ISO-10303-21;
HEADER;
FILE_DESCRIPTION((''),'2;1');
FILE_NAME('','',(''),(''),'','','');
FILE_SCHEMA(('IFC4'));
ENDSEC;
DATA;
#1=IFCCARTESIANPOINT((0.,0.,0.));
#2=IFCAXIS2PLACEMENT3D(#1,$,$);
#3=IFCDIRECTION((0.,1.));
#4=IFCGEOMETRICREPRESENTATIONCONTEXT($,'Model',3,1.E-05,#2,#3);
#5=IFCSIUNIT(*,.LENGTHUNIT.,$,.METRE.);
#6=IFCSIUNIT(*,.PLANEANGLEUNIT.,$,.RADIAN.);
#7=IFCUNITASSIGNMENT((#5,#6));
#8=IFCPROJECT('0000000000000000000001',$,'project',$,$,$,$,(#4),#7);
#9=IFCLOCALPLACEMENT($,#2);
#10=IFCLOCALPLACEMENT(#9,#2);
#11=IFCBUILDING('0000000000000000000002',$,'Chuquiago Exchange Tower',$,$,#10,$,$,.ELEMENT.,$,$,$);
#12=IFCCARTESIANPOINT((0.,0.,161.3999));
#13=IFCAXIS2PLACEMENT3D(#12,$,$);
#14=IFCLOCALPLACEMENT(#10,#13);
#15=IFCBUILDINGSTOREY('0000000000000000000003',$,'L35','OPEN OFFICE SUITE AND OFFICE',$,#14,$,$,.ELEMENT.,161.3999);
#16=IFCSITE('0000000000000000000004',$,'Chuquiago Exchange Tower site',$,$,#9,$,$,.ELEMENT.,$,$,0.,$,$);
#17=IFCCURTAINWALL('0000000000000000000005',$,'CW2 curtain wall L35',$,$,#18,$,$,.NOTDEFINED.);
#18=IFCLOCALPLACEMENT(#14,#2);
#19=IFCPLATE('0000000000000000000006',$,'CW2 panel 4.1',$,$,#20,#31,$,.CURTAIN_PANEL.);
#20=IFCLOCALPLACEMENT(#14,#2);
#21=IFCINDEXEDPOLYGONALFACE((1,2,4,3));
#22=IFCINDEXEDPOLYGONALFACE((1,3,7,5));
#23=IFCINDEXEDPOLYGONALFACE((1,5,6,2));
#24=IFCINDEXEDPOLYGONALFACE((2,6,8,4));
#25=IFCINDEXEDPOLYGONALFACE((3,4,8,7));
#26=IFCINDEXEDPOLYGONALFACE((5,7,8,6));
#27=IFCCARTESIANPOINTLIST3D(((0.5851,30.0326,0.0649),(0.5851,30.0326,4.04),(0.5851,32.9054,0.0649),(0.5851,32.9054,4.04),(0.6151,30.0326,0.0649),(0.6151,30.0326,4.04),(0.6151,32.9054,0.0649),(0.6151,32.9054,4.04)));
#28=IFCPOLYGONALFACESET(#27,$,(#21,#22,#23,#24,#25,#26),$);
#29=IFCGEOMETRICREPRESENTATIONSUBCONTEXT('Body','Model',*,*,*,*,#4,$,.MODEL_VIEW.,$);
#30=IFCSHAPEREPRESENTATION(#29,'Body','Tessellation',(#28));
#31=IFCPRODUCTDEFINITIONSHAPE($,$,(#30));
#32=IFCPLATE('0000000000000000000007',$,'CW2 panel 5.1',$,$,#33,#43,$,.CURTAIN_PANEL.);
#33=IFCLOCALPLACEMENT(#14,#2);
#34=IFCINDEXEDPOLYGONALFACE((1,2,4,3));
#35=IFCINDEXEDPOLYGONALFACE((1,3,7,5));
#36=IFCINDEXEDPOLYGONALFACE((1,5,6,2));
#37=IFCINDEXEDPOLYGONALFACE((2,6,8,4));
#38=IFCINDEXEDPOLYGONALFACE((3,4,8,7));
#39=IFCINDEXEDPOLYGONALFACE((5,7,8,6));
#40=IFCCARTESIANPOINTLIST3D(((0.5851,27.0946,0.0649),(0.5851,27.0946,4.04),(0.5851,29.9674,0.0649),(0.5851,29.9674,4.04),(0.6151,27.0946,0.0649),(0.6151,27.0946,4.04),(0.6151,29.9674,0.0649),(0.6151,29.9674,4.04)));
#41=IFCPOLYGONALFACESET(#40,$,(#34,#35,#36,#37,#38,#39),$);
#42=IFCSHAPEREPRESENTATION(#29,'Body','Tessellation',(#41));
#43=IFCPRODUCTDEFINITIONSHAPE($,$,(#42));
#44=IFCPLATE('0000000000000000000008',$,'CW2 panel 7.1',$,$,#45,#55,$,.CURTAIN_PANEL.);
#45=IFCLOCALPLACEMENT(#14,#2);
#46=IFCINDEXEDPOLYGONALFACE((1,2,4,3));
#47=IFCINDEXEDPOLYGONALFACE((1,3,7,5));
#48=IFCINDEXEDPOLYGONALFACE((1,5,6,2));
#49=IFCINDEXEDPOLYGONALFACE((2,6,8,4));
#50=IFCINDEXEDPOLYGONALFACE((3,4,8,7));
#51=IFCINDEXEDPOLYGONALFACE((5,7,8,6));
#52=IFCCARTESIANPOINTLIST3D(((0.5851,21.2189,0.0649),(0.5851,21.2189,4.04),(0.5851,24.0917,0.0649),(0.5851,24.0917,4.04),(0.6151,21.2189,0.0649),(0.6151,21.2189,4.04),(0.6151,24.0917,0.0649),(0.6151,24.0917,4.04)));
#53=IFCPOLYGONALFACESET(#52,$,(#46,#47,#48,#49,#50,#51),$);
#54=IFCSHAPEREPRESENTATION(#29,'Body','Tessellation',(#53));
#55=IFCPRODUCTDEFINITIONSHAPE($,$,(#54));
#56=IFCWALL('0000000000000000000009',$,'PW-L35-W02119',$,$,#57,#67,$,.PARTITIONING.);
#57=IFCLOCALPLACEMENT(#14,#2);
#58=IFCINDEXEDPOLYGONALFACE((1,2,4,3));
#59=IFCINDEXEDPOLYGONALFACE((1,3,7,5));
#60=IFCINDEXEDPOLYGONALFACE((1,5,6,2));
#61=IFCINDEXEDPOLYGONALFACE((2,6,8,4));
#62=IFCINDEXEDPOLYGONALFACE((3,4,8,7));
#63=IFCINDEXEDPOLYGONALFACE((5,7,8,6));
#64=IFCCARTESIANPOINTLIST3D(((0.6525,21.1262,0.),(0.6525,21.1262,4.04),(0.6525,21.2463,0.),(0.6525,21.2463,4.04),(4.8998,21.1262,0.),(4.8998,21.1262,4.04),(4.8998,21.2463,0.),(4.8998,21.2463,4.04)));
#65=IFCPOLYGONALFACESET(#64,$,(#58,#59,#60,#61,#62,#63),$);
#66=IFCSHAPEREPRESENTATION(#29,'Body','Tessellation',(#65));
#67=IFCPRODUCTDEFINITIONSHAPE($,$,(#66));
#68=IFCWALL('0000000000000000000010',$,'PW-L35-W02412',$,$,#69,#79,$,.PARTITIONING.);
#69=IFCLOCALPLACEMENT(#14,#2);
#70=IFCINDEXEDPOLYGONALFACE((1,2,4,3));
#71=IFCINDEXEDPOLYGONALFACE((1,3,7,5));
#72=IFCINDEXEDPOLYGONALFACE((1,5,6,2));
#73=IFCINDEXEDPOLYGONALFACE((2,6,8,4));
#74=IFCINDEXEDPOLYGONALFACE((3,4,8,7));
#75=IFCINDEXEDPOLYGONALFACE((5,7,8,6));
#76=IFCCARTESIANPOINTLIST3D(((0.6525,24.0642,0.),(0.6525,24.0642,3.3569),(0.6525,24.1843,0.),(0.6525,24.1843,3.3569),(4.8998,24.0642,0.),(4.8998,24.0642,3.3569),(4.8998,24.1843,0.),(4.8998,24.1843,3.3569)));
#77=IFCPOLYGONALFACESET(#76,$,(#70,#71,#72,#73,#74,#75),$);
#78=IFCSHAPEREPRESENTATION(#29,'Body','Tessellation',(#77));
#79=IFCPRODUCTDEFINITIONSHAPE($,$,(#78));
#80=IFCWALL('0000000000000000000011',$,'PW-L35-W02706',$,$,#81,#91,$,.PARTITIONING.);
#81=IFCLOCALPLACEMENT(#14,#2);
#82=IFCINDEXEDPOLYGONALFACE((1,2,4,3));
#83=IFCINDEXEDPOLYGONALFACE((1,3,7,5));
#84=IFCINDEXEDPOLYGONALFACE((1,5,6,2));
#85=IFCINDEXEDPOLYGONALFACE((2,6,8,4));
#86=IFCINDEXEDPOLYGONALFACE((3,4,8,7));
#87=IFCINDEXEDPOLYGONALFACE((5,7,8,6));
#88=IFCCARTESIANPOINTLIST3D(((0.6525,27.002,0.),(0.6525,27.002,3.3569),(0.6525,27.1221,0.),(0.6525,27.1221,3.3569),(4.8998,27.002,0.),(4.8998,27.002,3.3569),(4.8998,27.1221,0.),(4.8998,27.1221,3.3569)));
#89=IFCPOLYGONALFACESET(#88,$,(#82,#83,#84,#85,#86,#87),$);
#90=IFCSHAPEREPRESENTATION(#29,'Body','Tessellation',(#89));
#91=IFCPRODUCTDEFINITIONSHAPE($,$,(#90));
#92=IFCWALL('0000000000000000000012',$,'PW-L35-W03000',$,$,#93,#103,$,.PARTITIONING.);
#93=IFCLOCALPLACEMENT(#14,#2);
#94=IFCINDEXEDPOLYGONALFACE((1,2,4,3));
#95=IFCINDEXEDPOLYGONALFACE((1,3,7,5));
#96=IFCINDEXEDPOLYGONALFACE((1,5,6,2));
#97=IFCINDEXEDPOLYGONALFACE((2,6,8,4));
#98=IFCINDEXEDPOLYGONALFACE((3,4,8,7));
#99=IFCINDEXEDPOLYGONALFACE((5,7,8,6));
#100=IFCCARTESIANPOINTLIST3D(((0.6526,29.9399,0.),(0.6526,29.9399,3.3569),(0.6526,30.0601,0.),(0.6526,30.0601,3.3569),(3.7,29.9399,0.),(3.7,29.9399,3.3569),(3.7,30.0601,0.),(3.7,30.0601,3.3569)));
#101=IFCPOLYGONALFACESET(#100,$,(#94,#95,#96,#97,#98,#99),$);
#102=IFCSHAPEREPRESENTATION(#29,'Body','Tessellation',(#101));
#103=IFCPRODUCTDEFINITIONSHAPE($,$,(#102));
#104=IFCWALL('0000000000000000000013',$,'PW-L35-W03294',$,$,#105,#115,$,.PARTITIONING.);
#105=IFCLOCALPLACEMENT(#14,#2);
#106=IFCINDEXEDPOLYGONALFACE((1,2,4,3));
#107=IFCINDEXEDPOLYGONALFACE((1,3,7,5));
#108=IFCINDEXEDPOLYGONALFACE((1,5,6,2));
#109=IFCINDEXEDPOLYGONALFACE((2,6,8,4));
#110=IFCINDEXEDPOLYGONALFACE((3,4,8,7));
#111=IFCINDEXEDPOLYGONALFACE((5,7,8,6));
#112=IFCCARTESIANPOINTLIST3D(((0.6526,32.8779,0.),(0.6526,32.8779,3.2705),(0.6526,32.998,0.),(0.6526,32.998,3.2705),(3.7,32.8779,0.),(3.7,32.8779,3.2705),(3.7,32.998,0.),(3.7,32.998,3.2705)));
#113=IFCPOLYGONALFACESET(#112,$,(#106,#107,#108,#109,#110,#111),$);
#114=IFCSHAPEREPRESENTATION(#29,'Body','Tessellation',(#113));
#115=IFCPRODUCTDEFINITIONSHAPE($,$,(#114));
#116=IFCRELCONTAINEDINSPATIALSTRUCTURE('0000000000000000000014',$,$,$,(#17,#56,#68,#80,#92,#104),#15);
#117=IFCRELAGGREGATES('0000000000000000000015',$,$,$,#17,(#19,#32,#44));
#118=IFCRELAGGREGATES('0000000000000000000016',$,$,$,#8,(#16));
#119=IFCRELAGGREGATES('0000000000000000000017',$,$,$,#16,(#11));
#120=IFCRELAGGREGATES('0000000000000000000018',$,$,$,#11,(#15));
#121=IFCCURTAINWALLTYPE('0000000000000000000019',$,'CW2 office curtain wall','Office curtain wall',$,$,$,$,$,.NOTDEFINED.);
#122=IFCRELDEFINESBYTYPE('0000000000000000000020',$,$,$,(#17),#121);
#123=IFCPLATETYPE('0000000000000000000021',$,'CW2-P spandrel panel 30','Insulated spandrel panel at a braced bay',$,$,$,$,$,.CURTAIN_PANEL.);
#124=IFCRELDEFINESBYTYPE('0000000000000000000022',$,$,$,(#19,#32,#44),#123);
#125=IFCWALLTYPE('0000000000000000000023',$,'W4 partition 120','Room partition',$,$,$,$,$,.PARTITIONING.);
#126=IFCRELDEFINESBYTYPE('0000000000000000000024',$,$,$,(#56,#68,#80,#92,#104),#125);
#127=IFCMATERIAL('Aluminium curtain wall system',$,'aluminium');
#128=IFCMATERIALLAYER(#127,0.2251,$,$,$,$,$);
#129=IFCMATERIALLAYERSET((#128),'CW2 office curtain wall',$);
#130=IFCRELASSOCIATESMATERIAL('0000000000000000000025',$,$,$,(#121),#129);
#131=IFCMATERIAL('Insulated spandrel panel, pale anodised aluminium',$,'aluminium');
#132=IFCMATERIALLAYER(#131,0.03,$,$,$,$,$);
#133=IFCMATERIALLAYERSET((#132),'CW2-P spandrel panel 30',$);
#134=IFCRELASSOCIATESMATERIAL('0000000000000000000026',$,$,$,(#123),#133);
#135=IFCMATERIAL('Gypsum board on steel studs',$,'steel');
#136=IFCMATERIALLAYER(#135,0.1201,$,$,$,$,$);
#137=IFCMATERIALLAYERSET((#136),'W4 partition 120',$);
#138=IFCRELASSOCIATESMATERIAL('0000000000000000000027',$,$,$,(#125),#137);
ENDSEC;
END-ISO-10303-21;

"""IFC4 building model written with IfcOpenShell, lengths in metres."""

from ifc_helpers import new_model, si_unit, direction, frame, frame_2d, origin, origin_2d, place, context, subcontext, project, spatial, rectangle, extrude, material, layer, layer_set, type_object, element, aggregate, save


model = new_model("IFC4")

# Units and contexts
model_context = context("Model", 3, precision=1e-05, world=origin(), true_north=direction((0.0, 1.0)))
body_context = subcontext(model_context, "Body", "Model", "MODEL_VIEW")
ifc_project = project(units=[si_unit("LENGTHUNIT", "METRE"), si_unit("PLANEANGLEUNIT", "RADIAN")], contexts=[model_context])

# Site, building, storey
site_placement = place(None, origin())
site = spatial("IfcSite", under=ifc_project, at=site_placement, Name="Chuquiago Exchange Tower site", CompositionType="ELEMENT", RefElevation=0.0)
building_placement = place(site_placement, origin())
building = spatial("IfcBuilding", under=site, at=building_placement, Name="Chuquiago Exchange Tower", CompositionType="ELEMENT")
storey_placement = place(building_placement, frame((0.0, 0.0, 161.3999)))
storey = spatial("IfcBuildingStorey", under=building, at=storey_placement, Name="L35", Description="OPEN OFFICE SUITE AND OFFICE", CompositionType="ELEMENT", Elevation=161.3999)

# Curtain wall
ifc_material_1 = material(Name="Aluminium curtain wall system", Category="aluminium")
ifc_layer_1 = layer(ifc_material_1, 0.2251)
ifc_layer_set_1 = layer_set([ifc_layer_1], Name="CW2 office curtain wall")
curtain_wall_type = type_object("IfcCurtainWallType", Name="CW2 office curtain wall", Description="Office curtain wall", PredefinedType="NOTDEFINED", material=ifc_layer_set_1)
curtain_wall_placement = place(storey_placement, origin())
curtain_wall = element("IfcCurtainWall", 1, at=curtain_wall_placement, inside=storey, type_object=curtain_wall_type, Name="CW2 curtain wall L35", PredefinedType="NOTDEFINED")

# Plates
ifc_material_2 = material(Name="Insulated spandrel panel, pale anodised aluminium", Category="aluminium")
ifc_layer_2 = layer(ifc_material_2, 0.03)
ifc_layer_set_2 = layer_set([ifc_layer_2], Name="CW2-P spandrel panel 30")
plate_type_1 = type_object("IfcPlateType", Name="CW2-P spandrel panel 30", Description="Insulated spandrel panel at a braced bay", PredefinedType="CURTAIN_PANEL", material=ifc_layer_set_2)
plate_1_placement = place(storey_placement, frame((0.6001, 31.469, 0.0649), z_axis=(0.0, 0.0, 1.0), x_axis=(0.0, -1.0, 0.0)))
plate_1 = element("IfcPlate", 2, at=plate_1_placement, type_object=plate_type_1, Name="CW2 panel 4.1", PredefinedType="CURTAIN_PANEL", context=body_context, shape_type="SweptSolid", body=[
    extrude(rectangle(XDim=2.8728, YDim=0.03, at=origin_2d()), origin(), (0.0, 0.0, 1.0), 3.9751),
])
plate_2_placement = place(storey_placement, frame((0.6001, 28.531, 0.0649), z_axis=(0.0, 0.0, 1.0), x_axis=(0.0, -1.0, 0.0)))
plate_2 = element("IfcPlate", 3, at=plate_2_placement, type_object=plate_type_1, Name="CW2 panel 5.1", PredefinedType="CURTAIN_PANEL", context=body_context, shape_type="SweptSolid", body=[
    extrude(rectangle(XDim=2.8728, YDim=0.03, at=origin_2d()), origin(), (0.0, 0.0, 1.0), 3.9751),
])
plate_3_placement = place(storey_placement, frame((0.6001, 22.6553, 0.0649), z_axis=(0.0, 0.0, 1.0), x_axis=(0.0, -1.0, 0.0)))
plate_3 = element("IfcPlate", 4, at=plate_3_placement, type_object=plate_type_1, Name="CW2 panel 7.1", PredefinedType="CURTAIN_PANEL", context=body_context, shape_type="SweptSolid", body=[
    extrude(rectangle(XDim=2.8728, YDim=0.03, at=origin_2d()), origin(), (0.0, 0.0, 1.0), 3.9751),
])
aggregate(curtain_wall, [plate_1, plate_2, plate_3])

# Walls
ifc_material_3 = material(Name="Gypsum board on steel studs", Category="steel")
ifc_layer_3 = layer(ifc_material_3, 0.1201)
ifc_layer_set_3 = layer_set([ifc_layer_3], Name="W4 partition 120")
wall_type = type_object("IfcWallType", Name="W4 partition 120", Description="Room partition", PredefinedType="PARTITIONING", material=ifc_layer_set_3)
wall_1_placement = place(storey_placement, frame((0.6526, 21.1863, 0.0), z_axis=(0.0, 0.0, 1.0), x_axis=(1.0, 0.0, 0.0)))
element("IfcWall", 5, at=wall_1_placement, inside=storey, type_object=wall_type, Name="PW-L35-W02119", PredefinedType="PARTITIONING", context=body_context, shape_type="SweptSolid", body=[
    extrude(rectangle(XDim=4.2473, YDim=0.1201, at=frame_2d((2.1235, 0.0))), origin(), (0.0, 0.0, 1.0), 4.04),
])
for number, where, z_axis, x_axis, name in (
    (6, (0.6526, 24.1243, 0.0), (0.0, 0.0, 1.0), (1.0, 0.0, 0.0), "PW-L35-W02412"),
    (7, (0.6526, 27.062, 0.0), (0.0, 0.0, 1.0), (1.0, 0.0, 0.0), "PW-L35-W02706"),
):
    element("IfcWall", number, at=place(storey_placement, frame(where, z_axis=z_axis, x_axis=x_axis)), inside=storey, type_object=wall_type, Name=name, PredefinedType="PARTITIONING", context=body_context, shape_type="SweptSolid", body=[
        extrude(rectangle(XDim=4.2473, YDim=0.1201, at=frame_2d((2.1235, 0.0))), origin(), (0.0, 0.0, 1.0), 3.3569),
    ])
wall_2_placement = place(storey_placement, frame((0.6526, 30.0, 0.0), z_axis=(0.0, 0.0, 1.0), x_axis=(1.0, 0.0, 0.0)))
element("IfcWall", 8, at=wall_2_placement, inside=storey, type_object=wall_type, Name="PW-L35-W03000", PredefinedType="PARTITIONING", context=body_context, shape_type="SweptSolid", body=[
    extrude(rectangle(XDim=3.0474, YDim=0.1201, at=frame_2d((1.5237, 0.0))), origin(), (0.0, 0.0, 1.0), 3.3569),
])
wall_3_placement = place(storey_placement, frame((0.6526, 32.938, 0.0), z_axis=(0.0, 0.0, 1.0), x_axis=(1.0, 0.0, 0.0)))
element("IfcWall", 9, at=wall_3_placement, inside=storey, type_object=wall_type, Name="PW-L35-W03294", PredefinedType="PARTITIONING", context=body_context, shape_type="SweptSolid", body=[
    extrude(rectangle(XDim=3.0474, YDim=0.1201, at=frame_2d((1.5237, 0.0))), origin(), (0.0, 0.0, 1.0), 3.2705),
])

save(model, "model.ifc")
